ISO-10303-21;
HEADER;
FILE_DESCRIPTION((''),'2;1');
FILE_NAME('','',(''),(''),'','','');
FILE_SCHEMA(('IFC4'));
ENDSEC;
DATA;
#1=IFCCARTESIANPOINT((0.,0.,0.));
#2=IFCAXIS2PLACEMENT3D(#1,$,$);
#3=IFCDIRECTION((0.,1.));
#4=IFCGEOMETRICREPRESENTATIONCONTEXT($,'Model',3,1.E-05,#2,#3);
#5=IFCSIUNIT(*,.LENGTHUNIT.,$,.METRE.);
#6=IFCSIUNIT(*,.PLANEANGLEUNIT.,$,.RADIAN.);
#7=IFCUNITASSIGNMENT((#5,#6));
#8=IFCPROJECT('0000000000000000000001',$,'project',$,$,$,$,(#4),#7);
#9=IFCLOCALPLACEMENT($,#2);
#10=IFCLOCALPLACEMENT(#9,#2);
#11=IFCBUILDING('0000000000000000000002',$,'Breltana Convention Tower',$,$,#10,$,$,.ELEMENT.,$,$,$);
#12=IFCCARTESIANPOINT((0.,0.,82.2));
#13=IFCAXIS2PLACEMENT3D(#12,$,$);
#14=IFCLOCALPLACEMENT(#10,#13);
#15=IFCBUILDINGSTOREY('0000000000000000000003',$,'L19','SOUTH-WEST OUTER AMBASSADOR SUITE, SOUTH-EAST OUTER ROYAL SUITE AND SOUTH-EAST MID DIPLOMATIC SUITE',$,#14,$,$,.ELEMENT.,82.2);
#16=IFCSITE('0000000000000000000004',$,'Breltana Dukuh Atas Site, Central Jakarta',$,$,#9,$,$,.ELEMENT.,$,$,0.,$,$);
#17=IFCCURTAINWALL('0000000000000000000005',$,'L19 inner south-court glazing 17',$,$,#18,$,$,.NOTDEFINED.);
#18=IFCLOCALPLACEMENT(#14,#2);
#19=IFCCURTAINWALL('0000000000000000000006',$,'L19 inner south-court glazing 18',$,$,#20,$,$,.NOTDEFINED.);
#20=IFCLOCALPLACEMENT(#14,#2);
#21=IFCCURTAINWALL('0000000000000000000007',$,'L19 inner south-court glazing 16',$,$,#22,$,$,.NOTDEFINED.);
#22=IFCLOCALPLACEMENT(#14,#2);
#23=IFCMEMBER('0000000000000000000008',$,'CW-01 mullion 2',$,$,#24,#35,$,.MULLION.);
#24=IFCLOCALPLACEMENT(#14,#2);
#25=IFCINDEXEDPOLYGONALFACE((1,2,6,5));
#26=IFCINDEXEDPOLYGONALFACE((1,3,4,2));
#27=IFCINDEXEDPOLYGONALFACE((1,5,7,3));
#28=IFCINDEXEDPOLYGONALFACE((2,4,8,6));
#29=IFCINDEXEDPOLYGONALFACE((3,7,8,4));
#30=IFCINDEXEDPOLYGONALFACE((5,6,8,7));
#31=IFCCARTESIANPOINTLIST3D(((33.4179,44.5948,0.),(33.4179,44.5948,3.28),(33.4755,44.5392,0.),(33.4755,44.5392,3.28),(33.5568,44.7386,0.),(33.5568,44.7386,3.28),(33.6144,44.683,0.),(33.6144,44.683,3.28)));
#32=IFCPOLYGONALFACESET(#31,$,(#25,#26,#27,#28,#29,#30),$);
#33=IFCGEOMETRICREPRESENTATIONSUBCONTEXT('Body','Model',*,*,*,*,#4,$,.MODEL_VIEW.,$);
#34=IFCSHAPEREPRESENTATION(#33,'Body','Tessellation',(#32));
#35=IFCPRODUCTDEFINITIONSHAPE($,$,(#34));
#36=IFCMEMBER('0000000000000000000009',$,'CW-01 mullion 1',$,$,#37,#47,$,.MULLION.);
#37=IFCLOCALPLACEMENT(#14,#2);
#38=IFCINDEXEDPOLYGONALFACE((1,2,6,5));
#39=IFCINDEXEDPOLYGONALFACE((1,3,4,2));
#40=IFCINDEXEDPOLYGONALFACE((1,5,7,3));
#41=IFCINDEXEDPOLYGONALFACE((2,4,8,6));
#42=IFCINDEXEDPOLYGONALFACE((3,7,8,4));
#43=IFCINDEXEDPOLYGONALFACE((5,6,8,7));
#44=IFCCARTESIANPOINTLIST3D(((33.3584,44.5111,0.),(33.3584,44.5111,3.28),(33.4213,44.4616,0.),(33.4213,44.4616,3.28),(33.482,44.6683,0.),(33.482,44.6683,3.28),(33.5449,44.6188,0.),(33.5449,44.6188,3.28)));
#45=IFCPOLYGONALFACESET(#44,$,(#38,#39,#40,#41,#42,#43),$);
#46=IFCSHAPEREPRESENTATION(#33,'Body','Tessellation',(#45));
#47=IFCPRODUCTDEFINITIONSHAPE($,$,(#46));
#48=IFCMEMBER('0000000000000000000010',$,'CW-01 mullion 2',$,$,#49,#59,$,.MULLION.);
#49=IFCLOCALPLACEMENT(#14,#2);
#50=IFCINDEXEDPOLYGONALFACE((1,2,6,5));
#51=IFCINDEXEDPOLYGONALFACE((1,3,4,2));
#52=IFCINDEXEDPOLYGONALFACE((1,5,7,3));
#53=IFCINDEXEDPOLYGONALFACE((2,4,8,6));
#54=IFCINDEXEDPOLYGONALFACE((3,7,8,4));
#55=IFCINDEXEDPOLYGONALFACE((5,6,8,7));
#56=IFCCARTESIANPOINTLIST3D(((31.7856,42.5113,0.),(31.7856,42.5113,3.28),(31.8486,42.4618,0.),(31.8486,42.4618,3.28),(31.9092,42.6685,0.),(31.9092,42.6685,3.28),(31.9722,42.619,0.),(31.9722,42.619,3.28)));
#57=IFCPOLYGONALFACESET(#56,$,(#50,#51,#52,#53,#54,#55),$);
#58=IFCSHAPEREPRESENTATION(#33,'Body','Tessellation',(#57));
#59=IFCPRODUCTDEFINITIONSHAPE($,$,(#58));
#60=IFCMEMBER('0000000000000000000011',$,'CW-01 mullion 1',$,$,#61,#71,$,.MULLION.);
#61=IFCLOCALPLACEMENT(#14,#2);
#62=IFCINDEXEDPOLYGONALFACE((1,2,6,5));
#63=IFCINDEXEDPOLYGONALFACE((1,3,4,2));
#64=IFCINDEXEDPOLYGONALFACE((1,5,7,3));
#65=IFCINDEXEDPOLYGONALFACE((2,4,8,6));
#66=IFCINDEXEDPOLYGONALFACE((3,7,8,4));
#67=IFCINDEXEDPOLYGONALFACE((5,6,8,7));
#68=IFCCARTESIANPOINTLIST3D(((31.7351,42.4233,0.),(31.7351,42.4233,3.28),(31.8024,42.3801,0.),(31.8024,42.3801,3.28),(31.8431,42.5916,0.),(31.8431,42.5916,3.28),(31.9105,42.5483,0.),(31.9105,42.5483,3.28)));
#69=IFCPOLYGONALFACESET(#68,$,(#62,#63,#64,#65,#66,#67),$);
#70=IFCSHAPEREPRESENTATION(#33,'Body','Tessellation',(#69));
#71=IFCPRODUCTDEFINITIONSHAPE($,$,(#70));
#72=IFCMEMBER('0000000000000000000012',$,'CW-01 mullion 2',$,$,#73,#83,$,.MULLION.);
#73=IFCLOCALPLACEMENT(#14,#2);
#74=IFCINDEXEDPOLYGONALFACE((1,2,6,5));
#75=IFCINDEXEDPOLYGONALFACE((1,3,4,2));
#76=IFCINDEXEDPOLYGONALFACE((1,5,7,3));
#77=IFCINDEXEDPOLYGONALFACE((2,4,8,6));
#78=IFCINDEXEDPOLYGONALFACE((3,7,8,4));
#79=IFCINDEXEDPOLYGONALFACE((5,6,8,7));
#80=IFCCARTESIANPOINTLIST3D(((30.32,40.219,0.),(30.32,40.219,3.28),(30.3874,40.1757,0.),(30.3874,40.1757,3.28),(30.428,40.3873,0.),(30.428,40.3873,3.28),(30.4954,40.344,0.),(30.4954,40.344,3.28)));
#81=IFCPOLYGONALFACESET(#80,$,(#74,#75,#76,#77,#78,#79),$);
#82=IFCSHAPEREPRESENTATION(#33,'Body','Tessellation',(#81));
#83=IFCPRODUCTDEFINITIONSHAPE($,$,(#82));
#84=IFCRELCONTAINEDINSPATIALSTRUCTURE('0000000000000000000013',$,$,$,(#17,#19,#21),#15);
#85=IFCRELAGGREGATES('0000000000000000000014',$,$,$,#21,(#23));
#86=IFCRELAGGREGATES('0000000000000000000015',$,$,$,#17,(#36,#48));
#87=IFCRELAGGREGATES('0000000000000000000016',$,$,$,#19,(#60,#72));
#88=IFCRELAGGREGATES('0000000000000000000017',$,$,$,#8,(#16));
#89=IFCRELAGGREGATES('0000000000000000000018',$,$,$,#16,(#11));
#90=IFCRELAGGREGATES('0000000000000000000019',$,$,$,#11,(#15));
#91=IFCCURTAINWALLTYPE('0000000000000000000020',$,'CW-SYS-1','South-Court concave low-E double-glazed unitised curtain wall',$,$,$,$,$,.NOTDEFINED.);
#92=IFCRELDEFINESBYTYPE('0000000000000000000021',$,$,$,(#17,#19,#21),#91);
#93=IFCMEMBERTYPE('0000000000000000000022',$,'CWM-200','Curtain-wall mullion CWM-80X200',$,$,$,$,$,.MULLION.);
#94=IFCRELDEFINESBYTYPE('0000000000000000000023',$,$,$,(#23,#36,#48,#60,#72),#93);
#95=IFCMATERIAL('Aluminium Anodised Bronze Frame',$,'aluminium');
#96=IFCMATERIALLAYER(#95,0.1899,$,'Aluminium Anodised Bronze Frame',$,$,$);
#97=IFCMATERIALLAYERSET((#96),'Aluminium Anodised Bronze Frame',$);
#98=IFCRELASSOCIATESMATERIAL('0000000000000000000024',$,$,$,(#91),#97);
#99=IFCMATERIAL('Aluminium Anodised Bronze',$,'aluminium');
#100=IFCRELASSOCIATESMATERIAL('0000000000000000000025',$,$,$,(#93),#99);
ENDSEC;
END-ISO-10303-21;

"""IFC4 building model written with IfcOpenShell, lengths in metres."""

from ifc_helpers import new_model, si_unit, direction, frame, origin, origin_2d, place, context, subcontext, project, spatial, rectangle, extrude, source, transform, mapped, material, layer, layer_set, material_profile, profile_set, type_object, element, aggregate, save


model = new_model("IFC4")

# Units and contexts
model_context = context("Model", 3, precision=1e-05, world=origin(), true_north=direction((0.0, 1.0)))
body_context = subcontext(model_context, "Body", "Model", "MODEL_VIEW")
ifc_project = project(units=[si_unit("LENGTHUNIT", "METRE"), si_unit("PLANEANGLEUNIT", "RADIAN")], contexts=[model_context])

# Site, building, storey
site_placement = place(None, origin())
site = spatial("IfcSite", under=ifc_project, at=site_placement, Name="Breltana Dukuh Atas Site, Central Jakarta", CompositionType="ELEMENT", RefElevation=0.0)
building_placement = place(site_placement, origin())
building = spatial("IfcBuilding", under=site, at=building_placement, Name="Breltana Convention Tower", CompositionType="ELEMENT")
storey_placement = place(building_placement, frame((0.0, 0.0, 82.2)))
storey = spatial("IfcBuildingStorey", under=building, at=storey_placement, Name="L19", Description="SOUTH-WEST OUTER AMBASSADOR SUITE, SOUTH-EAST OUTER ROYAL SUITE AND SOUTH-EAST MID DIPLOMATIC SUITE", CompositionType="ELEMENT", Elevation=82.2)

# Curtain walls
ifc_material_1 = material(Name="Aluminium Anodised Bronze Frame", Category="aluminium")
ifc_layer_1 = layer(ifc_material_1, 0.1899, Name="Aluminium Anodised Bronze Frame")
ifc_layer_set_1 = layer_set([ifc_layer_1], Name="Aluminium Anodised Bronze Frame")
curtain_wall_type = type_object("IfcCurtainWallType", Name="CW-SYS-1", Description="South-Court concave low-E double-glazed unitised curtain wall", PredefinedType="NOTDEFINED", material=ifc_layer_set_1)
curtain_wall_1_placement = place(storey_placement, origin())
curtain_wall_1 = element("IfcCurtainWall", 1, at=curtain_wall_1_placement, inside=storey, type_object=curtain_wall_type, Name="L19 inner south-court glazing 17", PredefinedType="NOTDEFINED")
ifc_material_2 = material(Name="Aluminium Anodised Bronze", Category="aluminium")
curtain_wall_2_placement = place(storey_placement, origin())
curtain_wall_2 = element("IfcCurtainWall", 2, at=curtain_wall_2_placement, inside=storey, type_object=curtain_wall_type, Name="L19 inner south-court glazing 18", PredefinedType="NOTDEFINED")

# Curtain wall, member
curtain_wall_3_placement = place(storey_placement, origin())
curtain_wall_3 = element("IfcCurtainWall", 3, at=curtain_wall_3_placement, inside=storey, type_object=curtain_wall_type, Name="L19 inner south-court glazing 16", PredefinedType="NOTDEFINED")
ifc_material_profile_1 = material_profile(ifc_material_2, rectangle(XDim=0.0801, YDim=0.2, at=origin_2d()), Name="CWM-80X200")
ifc_profile_set_1 = profile_set([ifc_material_profile_1], Name="Aluminium Anodised Bronze")
member_type_1 = type_object("IfcMemberType", Name="CWM-200", Description="Curtain-wall mullion CWM-80X200", PredefinedType="MULLION", material=ifc_profile_set_1)
shared_shape_1 = source(origin(), body_context, "Body", "SweptSolid", [
    extrude(rectangle(XDim=0.0801, YDim=0.2, at=origin_2d()), origin(), (0.0, 0.0, 1.0), 3.28),
])
member_1_placement = place(storey_placement, frame((33.5161, 44.6389, 0.0), z_axis=(0.0, 0.0, 1.0), x_axis=(0.719385, -0.694612, 0.0)))
member_1 = element("IfcMember", 4, at=member_1_placement, type_object=member_type_1, Name="CW-01 mullion 2", PredefinedType="MULLION", context=body_context, shape_type="MappedRepresentation", body=[
    mapped(shared_shape_1, transform((0.0, 0.0, 0.0), scale=1.0)),
])
aggregate(curtain_wall_3, [member_1])

# Members
member_2_placement = place(storey_placement, frame((33.4517, 44.5649, 0.0), z_axis=(0.0, 0.0, 1.0), x_axis=(0.786058, -0.618153, 0.0)))
member_2 = element("IfcMember", 5, at=member_2_placement, type_object=member_type_1, Name="CW-01 mullion 1", PredefinedType="MULLION", context=body_context, shape_type="MappedRepresentation", body=[
    mapped(shared_shape_1, transform((0.0, 0.0, 0.0), scale=1.0)),
])
member_3_placement = place(storey_placement, frame((31.8789, 42.5652, 0.0), z_axis=(0.0, 0.0, 1.0), x_axis=(0.786058, -0.618153, 0.0)))
member_3 = element("IfcMember", 6, at=member_3_placement, type_object=member_type_1, Name="CW-01 mullion 2", PredefinedType="MULLION", context=body_context, shape_type="MappedRepresentation", body=[
    mapped(shared_shape_1, transform((0.0, 0.0, 0.0), scale=1.0)),
])
member_4_placement = place(storey_placement, frame((31.8228, 42.4858, 0.0), z_axis=(0.0, 0.0, 1.0), x_axis=(0.841556, -0.54017, 0.0)))
member_4 = element("IfcMember", 7, at=member_4_placement, type_object=member_type_1, Name="CW-01 mullion 1", PredefinedType="MULLION", context=body_context, shape_type="MappedRepresentation", body=[
    mapped(shared_shape_1, transform((0.0, 0.0, 0.0), scale=1.0)),
])
member_5_placement = place(storey_placement, frame((30.4077, 40.2815, 0.0), z_axis=(0.0, 0.0, 1.0), x_axis=(0.841556, -0.54017, 0.0)))
member_5 = element("IfcMember", 8, at=member_5_placement, type_object=member_type_1, Name="CW-01 mullion 2", PredefinedType="MULLION", context=body_context, shape_type="MappedRepresentation", body=[
    mapped(shared_shape_1, transform((0.0, 0.0, 0.0), scale=1.0)),
])

aggregate(curtain_wall_1, [member_2, member_3])
aggregate(curtain_wall_2, [member_4, member_5])

save(model, "model.ifc")
